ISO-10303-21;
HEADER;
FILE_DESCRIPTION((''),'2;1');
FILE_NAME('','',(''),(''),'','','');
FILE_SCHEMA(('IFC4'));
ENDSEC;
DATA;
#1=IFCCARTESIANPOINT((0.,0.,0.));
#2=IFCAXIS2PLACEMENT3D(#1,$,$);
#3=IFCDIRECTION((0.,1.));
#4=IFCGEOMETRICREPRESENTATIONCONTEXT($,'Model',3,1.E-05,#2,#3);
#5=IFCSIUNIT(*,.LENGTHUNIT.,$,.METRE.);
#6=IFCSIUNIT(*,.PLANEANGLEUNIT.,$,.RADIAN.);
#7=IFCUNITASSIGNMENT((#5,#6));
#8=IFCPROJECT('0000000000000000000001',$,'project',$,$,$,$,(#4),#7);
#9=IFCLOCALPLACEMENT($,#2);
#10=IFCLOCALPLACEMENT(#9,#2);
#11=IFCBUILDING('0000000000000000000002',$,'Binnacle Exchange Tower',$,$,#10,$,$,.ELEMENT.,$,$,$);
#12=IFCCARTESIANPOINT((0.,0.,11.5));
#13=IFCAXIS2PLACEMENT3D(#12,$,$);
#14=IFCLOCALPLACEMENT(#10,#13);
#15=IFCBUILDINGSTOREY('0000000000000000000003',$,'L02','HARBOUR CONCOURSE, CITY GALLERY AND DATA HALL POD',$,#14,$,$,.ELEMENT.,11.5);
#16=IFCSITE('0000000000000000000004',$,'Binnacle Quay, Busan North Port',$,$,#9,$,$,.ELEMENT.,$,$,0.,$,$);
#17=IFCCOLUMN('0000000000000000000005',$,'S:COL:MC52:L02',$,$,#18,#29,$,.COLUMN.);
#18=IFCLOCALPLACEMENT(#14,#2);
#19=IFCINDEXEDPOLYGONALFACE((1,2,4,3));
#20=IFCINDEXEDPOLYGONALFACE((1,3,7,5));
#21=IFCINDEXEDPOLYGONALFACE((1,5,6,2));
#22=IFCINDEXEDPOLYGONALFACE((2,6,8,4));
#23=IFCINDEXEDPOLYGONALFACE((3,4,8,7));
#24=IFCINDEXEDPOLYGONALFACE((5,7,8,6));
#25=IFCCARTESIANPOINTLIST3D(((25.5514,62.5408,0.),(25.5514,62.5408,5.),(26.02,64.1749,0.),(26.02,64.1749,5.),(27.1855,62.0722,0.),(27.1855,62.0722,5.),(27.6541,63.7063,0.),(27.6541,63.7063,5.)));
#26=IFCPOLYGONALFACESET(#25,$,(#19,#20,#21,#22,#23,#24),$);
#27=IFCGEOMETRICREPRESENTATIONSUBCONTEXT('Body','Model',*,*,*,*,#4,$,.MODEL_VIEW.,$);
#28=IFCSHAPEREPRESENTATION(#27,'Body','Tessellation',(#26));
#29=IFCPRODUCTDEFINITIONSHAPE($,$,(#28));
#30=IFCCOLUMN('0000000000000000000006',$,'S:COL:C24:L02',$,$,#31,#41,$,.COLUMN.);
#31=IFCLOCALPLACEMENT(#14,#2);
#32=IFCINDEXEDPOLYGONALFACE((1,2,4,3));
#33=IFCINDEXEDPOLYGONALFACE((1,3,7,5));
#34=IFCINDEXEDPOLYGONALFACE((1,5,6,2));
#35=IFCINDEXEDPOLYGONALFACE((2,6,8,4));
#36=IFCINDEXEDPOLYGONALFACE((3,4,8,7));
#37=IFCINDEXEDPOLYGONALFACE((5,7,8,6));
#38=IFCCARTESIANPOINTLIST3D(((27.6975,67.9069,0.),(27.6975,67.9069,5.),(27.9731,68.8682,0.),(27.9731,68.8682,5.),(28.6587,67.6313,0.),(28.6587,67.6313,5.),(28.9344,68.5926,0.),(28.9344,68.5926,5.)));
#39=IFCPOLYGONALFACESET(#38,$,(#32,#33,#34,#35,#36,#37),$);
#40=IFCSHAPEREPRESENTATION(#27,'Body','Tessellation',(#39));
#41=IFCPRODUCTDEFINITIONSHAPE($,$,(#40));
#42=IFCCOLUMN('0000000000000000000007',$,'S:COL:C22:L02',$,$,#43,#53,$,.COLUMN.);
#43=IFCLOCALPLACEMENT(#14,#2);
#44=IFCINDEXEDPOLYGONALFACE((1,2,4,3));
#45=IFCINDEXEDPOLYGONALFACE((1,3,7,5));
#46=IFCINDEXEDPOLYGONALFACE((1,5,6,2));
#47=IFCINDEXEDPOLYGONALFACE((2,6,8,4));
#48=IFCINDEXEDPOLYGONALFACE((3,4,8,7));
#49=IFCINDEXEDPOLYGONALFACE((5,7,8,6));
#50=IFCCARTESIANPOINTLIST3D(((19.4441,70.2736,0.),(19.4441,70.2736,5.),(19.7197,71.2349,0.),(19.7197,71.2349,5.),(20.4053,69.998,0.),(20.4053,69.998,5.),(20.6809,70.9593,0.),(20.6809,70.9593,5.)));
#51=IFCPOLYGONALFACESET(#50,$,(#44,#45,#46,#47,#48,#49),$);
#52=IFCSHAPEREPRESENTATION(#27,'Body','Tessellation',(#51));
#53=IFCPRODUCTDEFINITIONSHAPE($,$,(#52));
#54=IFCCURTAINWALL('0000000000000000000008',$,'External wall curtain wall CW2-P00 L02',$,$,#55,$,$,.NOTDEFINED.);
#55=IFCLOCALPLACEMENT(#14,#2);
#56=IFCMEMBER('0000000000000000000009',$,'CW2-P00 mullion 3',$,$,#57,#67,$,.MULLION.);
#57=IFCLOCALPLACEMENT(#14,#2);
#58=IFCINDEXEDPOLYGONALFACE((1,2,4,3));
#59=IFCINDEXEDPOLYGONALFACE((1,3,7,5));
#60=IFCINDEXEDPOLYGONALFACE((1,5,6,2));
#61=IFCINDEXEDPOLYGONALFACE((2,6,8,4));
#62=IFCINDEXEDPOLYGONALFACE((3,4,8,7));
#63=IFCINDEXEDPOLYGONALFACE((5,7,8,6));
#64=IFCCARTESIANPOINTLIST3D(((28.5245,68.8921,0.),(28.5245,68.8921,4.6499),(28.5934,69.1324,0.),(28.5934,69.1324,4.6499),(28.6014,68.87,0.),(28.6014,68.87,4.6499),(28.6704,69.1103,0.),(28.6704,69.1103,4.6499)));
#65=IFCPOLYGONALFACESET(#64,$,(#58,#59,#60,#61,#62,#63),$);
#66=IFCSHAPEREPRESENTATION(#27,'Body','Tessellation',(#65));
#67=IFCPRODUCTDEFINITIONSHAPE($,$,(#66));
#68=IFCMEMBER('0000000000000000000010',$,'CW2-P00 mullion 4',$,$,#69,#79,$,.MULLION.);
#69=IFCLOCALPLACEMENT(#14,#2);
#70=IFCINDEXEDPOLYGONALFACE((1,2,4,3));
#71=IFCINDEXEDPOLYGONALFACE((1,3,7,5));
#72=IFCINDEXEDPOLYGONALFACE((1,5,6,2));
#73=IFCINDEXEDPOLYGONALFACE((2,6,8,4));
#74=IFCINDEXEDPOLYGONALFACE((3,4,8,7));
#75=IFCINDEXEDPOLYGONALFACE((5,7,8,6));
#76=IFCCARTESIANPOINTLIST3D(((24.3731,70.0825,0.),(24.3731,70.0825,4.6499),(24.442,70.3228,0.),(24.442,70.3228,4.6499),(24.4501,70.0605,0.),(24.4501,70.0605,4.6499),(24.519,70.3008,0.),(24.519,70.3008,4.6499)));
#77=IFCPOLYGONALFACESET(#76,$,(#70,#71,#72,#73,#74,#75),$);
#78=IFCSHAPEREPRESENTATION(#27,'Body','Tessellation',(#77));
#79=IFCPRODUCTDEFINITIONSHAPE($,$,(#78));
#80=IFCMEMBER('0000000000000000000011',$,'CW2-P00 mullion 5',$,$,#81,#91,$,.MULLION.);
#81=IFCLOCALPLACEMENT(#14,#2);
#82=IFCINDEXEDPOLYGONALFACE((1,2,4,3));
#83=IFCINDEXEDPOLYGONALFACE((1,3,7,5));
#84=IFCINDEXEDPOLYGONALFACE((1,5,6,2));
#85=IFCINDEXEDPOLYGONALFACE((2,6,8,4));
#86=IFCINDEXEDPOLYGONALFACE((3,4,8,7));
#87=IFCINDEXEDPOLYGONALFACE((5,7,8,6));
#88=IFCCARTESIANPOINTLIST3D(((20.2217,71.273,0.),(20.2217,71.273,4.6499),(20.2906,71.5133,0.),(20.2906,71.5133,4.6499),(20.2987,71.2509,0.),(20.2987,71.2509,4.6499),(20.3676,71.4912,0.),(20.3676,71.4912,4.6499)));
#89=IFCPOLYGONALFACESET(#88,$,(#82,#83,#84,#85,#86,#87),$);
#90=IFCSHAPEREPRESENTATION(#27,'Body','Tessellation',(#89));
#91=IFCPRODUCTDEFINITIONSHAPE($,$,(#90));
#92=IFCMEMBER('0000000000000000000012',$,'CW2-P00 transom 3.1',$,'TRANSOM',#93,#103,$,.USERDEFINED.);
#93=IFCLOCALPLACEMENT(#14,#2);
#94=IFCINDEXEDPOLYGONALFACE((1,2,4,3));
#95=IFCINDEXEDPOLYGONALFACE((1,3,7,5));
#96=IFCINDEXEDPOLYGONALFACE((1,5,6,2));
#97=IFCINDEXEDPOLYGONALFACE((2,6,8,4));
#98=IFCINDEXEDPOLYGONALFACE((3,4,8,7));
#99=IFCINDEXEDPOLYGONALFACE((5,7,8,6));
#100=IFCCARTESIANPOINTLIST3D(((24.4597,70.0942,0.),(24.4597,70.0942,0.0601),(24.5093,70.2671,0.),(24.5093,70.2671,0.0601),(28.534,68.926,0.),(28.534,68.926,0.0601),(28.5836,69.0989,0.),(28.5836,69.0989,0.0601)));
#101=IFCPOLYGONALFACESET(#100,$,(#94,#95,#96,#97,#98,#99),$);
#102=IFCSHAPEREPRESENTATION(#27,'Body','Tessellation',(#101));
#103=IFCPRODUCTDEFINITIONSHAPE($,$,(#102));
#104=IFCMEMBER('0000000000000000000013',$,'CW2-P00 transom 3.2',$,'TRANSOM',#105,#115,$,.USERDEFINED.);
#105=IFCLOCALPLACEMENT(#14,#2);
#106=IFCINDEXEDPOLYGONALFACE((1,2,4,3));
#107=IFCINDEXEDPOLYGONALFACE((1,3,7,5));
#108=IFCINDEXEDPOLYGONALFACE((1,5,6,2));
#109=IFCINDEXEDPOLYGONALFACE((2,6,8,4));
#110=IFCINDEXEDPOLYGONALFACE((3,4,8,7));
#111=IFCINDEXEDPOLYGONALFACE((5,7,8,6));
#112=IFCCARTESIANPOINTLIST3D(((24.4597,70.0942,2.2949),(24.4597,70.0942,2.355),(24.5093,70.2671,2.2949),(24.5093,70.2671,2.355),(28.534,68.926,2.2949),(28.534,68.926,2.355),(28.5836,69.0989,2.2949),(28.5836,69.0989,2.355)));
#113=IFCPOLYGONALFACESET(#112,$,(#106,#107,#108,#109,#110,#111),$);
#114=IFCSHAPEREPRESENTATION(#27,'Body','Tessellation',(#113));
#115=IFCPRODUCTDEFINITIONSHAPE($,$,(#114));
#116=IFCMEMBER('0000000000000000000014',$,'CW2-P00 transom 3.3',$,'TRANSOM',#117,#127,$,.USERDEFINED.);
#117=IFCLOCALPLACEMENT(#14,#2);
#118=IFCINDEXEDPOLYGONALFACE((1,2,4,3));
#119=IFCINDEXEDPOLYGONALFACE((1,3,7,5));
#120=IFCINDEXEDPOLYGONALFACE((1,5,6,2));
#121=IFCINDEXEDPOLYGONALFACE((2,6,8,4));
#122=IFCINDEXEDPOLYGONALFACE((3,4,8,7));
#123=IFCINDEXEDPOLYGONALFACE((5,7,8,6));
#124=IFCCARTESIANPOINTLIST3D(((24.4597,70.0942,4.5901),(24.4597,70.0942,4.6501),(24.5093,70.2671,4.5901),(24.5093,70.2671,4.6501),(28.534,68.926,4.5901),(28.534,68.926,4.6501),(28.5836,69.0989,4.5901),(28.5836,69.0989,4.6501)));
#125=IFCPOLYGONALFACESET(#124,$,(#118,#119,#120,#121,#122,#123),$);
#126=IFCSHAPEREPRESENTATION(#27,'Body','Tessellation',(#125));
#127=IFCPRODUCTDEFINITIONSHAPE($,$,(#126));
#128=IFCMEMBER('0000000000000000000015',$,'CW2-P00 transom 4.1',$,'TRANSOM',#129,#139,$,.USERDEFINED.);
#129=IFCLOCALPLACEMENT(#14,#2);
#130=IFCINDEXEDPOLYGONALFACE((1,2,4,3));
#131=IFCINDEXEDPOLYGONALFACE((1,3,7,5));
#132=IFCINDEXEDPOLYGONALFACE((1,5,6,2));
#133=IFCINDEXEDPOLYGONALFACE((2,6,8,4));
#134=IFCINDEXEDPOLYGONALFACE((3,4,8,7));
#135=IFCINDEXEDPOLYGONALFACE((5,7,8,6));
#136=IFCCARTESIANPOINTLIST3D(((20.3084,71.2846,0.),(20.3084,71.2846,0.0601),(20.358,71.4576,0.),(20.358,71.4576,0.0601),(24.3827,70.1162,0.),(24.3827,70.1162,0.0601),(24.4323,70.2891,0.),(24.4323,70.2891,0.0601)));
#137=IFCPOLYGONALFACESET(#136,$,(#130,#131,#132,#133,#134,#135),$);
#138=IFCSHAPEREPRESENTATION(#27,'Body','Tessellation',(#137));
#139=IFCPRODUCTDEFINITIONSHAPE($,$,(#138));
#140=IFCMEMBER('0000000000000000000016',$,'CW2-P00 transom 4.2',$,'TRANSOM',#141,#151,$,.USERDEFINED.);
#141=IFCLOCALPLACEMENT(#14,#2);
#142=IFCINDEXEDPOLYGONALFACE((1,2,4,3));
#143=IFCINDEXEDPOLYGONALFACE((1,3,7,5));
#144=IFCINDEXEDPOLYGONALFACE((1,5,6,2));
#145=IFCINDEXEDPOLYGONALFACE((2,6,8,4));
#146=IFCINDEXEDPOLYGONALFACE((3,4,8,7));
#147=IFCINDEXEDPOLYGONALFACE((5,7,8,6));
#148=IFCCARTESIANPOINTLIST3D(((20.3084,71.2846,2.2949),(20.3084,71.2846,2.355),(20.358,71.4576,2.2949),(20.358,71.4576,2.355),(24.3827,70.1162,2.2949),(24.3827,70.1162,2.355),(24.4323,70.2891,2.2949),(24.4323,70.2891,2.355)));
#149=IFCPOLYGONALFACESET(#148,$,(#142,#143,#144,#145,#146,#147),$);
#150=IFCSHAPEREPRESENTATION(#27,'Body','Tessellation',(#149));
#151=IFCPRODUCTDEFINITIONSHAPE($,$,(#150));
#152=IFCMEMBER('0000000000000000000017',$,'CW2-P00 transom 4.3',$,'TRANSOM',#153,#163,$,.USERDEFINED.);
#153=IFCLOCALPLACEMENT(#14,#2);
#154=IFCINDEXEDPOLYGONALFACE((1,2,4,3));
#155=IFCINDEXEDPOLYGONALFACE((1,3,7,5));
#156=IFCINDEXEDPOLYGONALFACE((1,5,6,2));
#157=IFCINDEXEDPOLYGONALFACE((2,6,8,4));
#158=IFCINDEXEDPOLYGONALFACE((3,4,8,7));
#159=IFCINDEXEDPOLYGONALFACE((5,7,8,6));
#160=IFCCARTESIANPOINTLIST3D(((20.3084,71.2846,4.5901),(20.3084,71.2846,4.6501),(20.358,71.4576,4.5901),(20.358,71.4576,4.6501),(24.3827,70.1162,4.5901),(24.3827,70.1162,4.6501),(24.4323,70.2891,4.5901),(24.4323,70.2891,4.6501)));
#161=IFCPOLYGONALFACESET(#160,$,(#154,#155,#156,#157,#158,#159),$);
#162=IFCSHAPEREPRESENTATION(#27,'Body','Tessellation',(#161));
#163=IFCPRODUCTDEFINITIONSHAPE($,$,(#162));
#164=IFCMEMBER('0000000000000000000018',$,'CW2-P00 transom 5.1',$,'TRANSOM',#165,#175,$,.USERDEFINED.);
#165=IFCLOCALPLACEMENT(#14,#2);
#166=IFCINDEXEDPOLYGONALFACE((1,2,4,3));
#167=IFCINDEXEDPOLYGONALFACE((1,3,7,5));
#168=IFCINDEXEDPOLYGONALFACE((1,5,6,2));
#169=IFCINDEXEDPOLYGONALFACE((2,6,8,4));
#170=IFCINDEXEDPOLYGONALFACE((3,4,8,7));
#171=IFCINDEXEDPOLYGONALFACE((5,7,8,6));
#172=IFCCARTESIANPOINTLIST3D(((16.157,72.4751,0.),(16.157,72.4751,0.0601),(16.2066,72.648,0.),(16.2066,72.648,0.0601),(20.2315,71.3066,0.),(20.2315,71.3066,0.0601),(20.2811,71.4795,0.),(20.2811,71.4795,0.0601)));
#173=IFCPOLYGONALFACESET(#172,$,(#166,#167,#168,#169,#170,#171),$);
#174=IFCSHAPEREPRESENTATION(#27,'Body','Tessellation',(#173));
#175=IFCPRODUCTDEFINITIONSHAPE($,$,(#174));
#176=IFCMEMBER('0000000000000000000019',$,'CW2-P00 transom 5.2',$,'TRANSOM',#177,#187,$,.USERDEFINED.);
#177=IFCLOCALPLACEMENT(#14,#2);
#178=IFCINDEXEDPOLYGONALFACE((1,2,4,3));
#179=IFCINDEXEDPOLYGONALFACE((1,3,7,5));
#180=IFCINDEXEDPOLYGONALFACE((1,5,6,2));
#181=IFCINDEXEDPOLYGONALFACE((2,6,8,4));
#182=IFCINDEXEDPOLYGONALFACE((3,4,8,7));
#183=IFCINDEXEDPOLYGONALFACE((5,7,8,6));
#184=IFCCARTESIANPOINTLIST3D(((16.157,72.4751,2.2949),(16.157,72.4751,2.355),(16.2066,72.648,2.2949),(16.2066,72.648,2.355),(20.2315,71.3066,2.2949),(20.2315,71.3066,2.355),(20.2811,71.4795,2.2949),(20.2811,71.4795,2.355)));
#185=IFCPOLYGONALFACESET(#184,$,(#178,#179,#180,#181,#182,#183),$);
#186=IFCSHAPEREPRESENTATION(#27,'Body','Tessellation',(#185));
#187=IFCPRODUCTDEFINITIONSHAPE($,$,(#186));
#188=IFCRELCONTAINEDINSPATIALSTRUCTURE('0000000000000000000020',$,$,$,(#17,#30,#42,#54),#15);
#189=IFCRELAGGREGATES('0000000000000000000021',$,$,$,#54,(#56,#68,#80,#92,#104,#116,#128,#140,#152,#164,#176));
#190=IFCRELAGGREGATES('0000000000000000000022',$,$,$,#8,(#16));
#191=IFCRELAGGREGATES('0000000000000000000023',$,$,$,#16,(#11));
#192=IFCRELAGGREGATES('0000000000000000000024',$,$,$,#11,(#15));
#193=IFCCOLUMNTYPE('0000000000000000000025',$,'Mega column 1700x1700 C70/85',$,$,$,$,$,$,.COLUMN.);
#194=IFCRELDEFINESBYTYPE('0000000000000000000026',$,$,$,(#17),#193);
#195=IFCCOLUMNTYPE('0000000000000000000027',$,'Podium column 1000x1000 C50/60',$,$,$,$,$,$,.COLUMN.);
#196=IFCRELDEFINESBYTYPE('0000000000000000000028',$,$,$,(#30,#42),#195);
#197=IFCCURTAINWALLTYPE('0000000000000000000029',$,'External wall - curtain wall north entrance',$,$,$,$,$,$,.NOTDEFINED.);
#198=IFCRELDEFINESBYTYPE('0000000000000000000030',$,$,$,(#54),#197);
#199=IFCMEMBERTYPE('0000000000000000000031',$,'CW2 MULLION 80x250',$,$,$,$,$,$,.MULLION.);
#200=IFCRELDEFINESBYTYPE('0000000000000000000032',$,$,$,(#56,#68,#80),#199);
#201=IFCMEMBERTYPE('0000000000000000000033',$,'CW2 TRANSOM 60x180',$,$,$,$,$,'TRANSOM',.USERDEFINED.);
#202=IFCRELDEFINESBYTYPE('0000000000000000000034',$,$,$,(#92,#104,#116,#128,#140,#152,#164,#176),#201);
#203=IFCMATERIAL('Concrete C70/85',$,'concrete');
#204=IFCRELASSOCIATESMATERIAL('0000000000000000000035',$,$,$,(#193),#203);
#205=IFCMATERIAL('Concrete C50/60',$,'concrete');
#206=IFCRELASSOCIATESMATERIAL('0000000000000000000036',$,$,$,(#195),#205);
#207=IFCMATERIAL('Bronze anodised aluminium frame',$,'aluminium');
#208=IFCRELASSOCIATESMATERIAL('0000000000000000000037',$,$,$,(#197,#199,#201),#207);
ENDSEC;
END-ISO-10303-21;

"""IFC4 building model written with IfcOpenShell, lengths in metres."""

from ifc_helpers import new_model, si_unit, direction, frame, origin, origin_2d, place, context, subcontext, project, spatial, rectangle, extrude, material, material_profile, profile_set, type_object, element, aggregate, save


model = new_model("IFC4")

# Units and contexts
model_context = context("Model", 3, precision=1e-05, world=origin(), true_north=direction((0.0, 1.0)))
body_context = subcontext(model_context, "Body", "Model", "MODEL_VIEW")
ifc_project = project(units=[si_unit("LENGTHUNIT", "METRE"), si_unit("PLANEANGLEUNIT", "RADIAN")], contexts=[model_context])

# Site, building, storey
site_placement = place(None, origin())
site = spatial("IfcSite", under=ifc_project, at=site_placement, Name="Binnacle Quay, Busan North Port", CompositionType="ELEMENT", RefElevation=0.0)
building_placement = place(site_placement, origin())
building = spatial("IfcBuilding", under=site, at=building_placement, Name="Binnacle Exchange Tower", CompositionType="ELEMENT")
storey_placement = place(building_placement, frame((0.0, 0.0, 11.5)))
storey = spatial("IfcBuildingStorey", under=building, at=storey_placement, Name="L02", Description="HARBOUR CONCOURSE, CITY GALLERY AND DATA HALL POD", CompositionType="ELEMENT", Elevation=11.5)

# Columns
ifc_material_1 = material(Name="Concrete C70/85", Category="concrete")
ifc_material_profile_1 = material_profile(ifc_material_1, rectangle(XDim=1.7, YDim=1.7, at=origin_2d()), Name="Mega column 1700x1700 C70/85")
ifc_profile_set_1 = profile_set([ifc_material_profile_1], Name="Concrete C70/85")
column_type_1 = type_object("IfcColumnType", Name="Mega column 1700x1700 C70/85", PredefinedType="COLUMN", material=ifc_profile_set_1)
column_placement = place(storey_placement, frame((26.6028, 63.1235, 0.0), z_axis=(0.0, 0.0, 1.0), x_axis=(-0.961262, 0.275637, 0.0)))
element("IfcColumn", 1, at=column_placement, inside=storey, type_object=column_type_1, Name="S:COL:MC52:L02", PredefinedType="COLUMN", context=body_context, shape_type="SweptSolid", body=[
    extrude(rectangle(XDim=1.7, YDim=1.7, at=origin_2d()), origin(), (0.0, 0.0, 1.0), 5.0),
])
ifc_material_2 = material(Name="Concrete C50/60", Category="concrete")
ifc_material_profile_2 = material_profile(ifc_material_2, rectangle(XDim=1.0, YDim=1.0, at=origin_2d()), Name="Podium column 1000x1000 C50/60")
ifc_profile_set_2 = profile_set([ifc_material_profile_2], Name="Concrete C50/60")
column_type_2 = type_object("IfcColumnType", Name="Podium column 1000x1000 C50/60", PredefinedType="COLUMN", material=ifc_profile_set_2)
for number, where, z_axis, x_axis, name in (
    (2, (28.3159, 68.2498, 0.0), (0.0, 0.0, 1.0), (-0.961262, 0.275637, 0.0), "S:COL:C24:L02"),
    (3, (20.0625, 70.6165, 0.0), (0.0, 0.0, 1.0), (-0.961262, 0.275637, 0.0), "S:COL:C22:L02"),
):
    element("IfcColumn", number, at=place(storey_placement, frame(where, z_axis=z_axis, x_axis=x_axis)), inside=storey, type_object=column_type_2, Name=name, PredefinedType="COLUMN", context=body_context, shape_type="SweptSolid", body=[
        extrude(rectangle(XDim=1.0, YDim=1.0, at=origin_2d()), origin(), (0.0, 0.0, 1.0), 5.0),
    ])

# Curtain wall, members
ifc_material_3 = material(Name="Bronze anodised aluminium frame", Category="aluminium")
curtain_wall_type = type_object("IfcCurtainWallType", Name="External wall - curtain wall north entrance", PredefinedType="NOTDEFINED", material=ifc_material_3)
curtain_wall_placement = place(storey_placement, origin())
curtain_wall = element("IfcCurtainWall", 4, at=curtain_wall_placement, inside=storey, type_object=curtain_wall_type, Name="External wall curtain wall CW2-P00 L02", PredefinedType="NOTDEFINED")
ifc_material_profile_3 = material_profile(ifc_material_3, rectangle(XDim=0.25, YDim=0.0801, at=origin_2d()), Name="AL 80x250")
ifc_profile_set_3 = profile_set([ifc_material_profile_3], Name="Bronze anodised aluminium frame")
member_type_1 = type_object("IfcMemberType", Name="CW2 MULLION 80x250", PredefinedType="MULLION", material=ifc_profile_set_3)
member_1_placement = place(storey_placement, frame((28.5974, 69.0012, 0.0), z_axis=(0.0, 0.0, 1.0), x_axis=(-0.275637, -0.961262, 0.0)))
member_1 = element("IfcMember", 5, at=member_1_placement, type_object=member_type_1, Name="CW2-P00 mullion 3", PredefinedType="MULLION", context=body_context, shape_type="SweptSolid", body=[
    extrude(rectangle(XDim=0.25, YDim=0.0801, at=origin_2d()), origin(), (0.0, 0.0, 1.0), 4.6499),
])
member_2_placement = place(storey_placement, frame((24.446, 70.1917, 0.0), z_axis=(0.0, 0.0, 1.0), x_axis=(-0.275637, -0.961262, 0.0)))
member_2 = element("IfcMember", 6, at=member_2_placement, type_object=member_type_1, Name="CW2-P00 mullion 4", PredefinedType="MULLION", context=body_context, shape_type="SweptSolid", body=[
    extrude(rectangle(XDim=0.25, YDim=0.0801, at=origin_2d()), origin(), (0.0, 0.0, 1.0), 4.6499),
])
member_3_placement = place(storey_placement, frame((20.2947, 71.3821, 0.0), z_axis=(0.0, 0.0, 1.0), x_axis=(-0.275637, -0.961262, 0.0)))
member_3 = element("IfcMember", 7, at=member_3_placement, type_object=member_type_1, Name="CW2-P00 mullion 5", PredefinedType="MULLION", context=body_context, shape_type="SweptSolid", body=[
    extrude(rectangle(XDim=0.25, YDim=0.0801, at=origin_2d()), origin(), (0.0, 0.0, 1.0), 4.6499),
])
ifc_material_profile_4 = material_profile(ifc_material_3, rectangle(XDim=0.1799, YDim=0.0601, at=origin_2d()), Name="AL 180x60")
ifc_profile_set_4 = profile_set([ifc_material_profile_4], Name="Bronze anodised aluminium frame")
member_type_2 = type_object("IfcMemberType", Name="CW2 TRANSOM 60x180", ElementType="TRANSOM", PredefinedType="USERDEFINED", material=ifc_profile_set_4)
member_4_placement = place(storey_placement, frame((28.5588, 69.0125, 0.03), z_axis=(-0.961269, 0.275611, 0.0), x_axis=(-0.275611, -0.961269, 0.0)))
member_4 = element("IfcMember", 8, at=member_4_placement, type_object=member_type_2, Name="CW2-P00 transom 3.1", ObjectType="TRANSOM", PredefinedType="USERDEFINED", context=body_context, shape_type="SweptSolid", body=[
    extrude(rectangle(XDim=0.1799, YDim=0.0601, at=origin_2d()), origin(), (0.0, 0.0, 1.0), 4.2385),
])
member_5_placement = place(storey_placement, frame((28.5588, 69.0125, 2.325), z_axis=(-0.961269, 0.275611, 0.0), x_axis=(-0.275611, -0.961269, 0.0)))
member_5 = element("IfcMember", 9, at=member_5_placement, type_object=member_type_2, Name="CW2-P00 transom 3.2", ObjectType="TRANSOM", PredefinedType="USERDEFINED", context=body_context, shape_type="SweptSolid", body=[
    extrude(rectangle(XDim=0.1799, YDim=0.0601, at=origin_2d()), origin(), (0.0, 0.0, 1.0), 4.2385),
])
member_6_placement = place(storey_placement, frame((28.5588, 69.0125, 4.6201), z_axis=(-0.961269, 0.275611, 0.0), x_axis=(-0.275611, -0.961269, 0.0)))
member_6 = element("IfcMember", 10, at=member_6_placement, type_object=member_type_2, Name="CW2-P00 transom 3.3", ObjectType="TRANSOM", PredefinedType="USERDEFINED", context=body_context, shape_type="SweptSolid", body=[
    extrude(rectangle(XDim=0.1799, YDim=0.0601, at=origin_2d()), origin(), (0.0, 0.0, 1.0), 4.2385),
])
member_7_placement = place(storey_placement, frame((24.4075, 70.2026, 0.03), z_axis=(-0.96125, 0.27568, 0.0), x_axis=(-0.27568, -0.96125, 0.0)))
member_7 = element("IfcMember", 11, at=member_7_placement, type_object=member_type_2, Name="CW2-P00 transom 4.1", ObjectType="TRANSOM", PredefinedType="USERDEFINED", context=body_context, shape_type="SweptSolid", body=[
    extrude(rectangle(XDim=0.1799, YDim=0.0601, at=origin_2d()), origin(), (0.0, 0.0, 1.0), 4.2385),
])
member_8_placement = place(storey_placement, frame((24.4075, 70.2026, 2.325), z_axis=(-0.96125, 0.27568, 0.0), x_axis=(-0.27568, -0.96125, 0.0)))
member_8 = element("IfcMember", 12, at=member_8_placement, type_object=member_type_2, Name="CW2-P00 transom 4.2", ObjectType="TRANSOM", PredefinedType="USERDEFINED", context=body_context, shape_type="SweptSolid", body=[
    extrude(rectangle(XDim=0.1799, YDim=0.0601, at=origin_2d()), origin(), (0.0, 0.0, 1.0), 4.2385),
])
member_9_placement = place(storey_placement, frame((24.4075, 70.2026, 4.6201), z_axis=(-0.96125, 0.27568, 0.0), x_axis=(-0.27568, -0.96125, 0.0)))
member_9 = element("IfcMember", 13, at=member_9_placement, type_object=member_type_2, Name="CW2-P00 transom 4.3", ObjectType="TRANSOM", PredefinedType="USERDEFINED", context=body_context, shape_type="SweptSolid", body=[
    extrude(rectangle(XDim=0.1799, YDim=0.0601, at=origin_2d()), origin(), (0.0, 0.0, 1.0), 4.2385),
])
member_10_placement = place(storey_placement, frame((20.2563, 71.3931, 0.03), z_axis=(-0.961254, 0.275664, 0.0), x_axis=(-0.275664, -0.961254, 0.0)))
member_10 = element("IfcMember", 14, at=member_10_placement, type_object=member_type_2, Name="CW2-P00 transom 5.1", ObjectType="TRANSOM", PredefinedType="USERDEFINED", context=body_context, shape_type="SweptSolid", body=[
    extrude(rectangle(XDim=0.1799, YDim=0.0601, at=origin_2d()), origin(), (0.0, 0.0, 1.0), 4.2388),
])
member_11_placement = place(storey_placement, frame((20.2563, 71.3931, 2.325), z_axis=(-0.961254, 0.275664, 0.0), x_axis=(-0.275664, -0.961254, 0.0)))
member_11 = element("IfcMember", 15, at=member_11_placement, type_object=member_type_2, Name="CW2-P00 transom 5.2", ObjectType="TRANSOM", PredefinedType="USERDEFINED", context=body_context, shape_type="SweptSolid", body=[
    extrude(rectangle(XDim=0.1799, YDim=0.0601, at=origin_2d()), origin(), (0.0, 0.0, 1.0), 4.2388),
])

aggregate(curtain_wall, [member_1, member_2, member_3, member_4, member_5, member_6, member_7, member_8, member_9, member_10, member_11])

save(model, "model.ifc")
